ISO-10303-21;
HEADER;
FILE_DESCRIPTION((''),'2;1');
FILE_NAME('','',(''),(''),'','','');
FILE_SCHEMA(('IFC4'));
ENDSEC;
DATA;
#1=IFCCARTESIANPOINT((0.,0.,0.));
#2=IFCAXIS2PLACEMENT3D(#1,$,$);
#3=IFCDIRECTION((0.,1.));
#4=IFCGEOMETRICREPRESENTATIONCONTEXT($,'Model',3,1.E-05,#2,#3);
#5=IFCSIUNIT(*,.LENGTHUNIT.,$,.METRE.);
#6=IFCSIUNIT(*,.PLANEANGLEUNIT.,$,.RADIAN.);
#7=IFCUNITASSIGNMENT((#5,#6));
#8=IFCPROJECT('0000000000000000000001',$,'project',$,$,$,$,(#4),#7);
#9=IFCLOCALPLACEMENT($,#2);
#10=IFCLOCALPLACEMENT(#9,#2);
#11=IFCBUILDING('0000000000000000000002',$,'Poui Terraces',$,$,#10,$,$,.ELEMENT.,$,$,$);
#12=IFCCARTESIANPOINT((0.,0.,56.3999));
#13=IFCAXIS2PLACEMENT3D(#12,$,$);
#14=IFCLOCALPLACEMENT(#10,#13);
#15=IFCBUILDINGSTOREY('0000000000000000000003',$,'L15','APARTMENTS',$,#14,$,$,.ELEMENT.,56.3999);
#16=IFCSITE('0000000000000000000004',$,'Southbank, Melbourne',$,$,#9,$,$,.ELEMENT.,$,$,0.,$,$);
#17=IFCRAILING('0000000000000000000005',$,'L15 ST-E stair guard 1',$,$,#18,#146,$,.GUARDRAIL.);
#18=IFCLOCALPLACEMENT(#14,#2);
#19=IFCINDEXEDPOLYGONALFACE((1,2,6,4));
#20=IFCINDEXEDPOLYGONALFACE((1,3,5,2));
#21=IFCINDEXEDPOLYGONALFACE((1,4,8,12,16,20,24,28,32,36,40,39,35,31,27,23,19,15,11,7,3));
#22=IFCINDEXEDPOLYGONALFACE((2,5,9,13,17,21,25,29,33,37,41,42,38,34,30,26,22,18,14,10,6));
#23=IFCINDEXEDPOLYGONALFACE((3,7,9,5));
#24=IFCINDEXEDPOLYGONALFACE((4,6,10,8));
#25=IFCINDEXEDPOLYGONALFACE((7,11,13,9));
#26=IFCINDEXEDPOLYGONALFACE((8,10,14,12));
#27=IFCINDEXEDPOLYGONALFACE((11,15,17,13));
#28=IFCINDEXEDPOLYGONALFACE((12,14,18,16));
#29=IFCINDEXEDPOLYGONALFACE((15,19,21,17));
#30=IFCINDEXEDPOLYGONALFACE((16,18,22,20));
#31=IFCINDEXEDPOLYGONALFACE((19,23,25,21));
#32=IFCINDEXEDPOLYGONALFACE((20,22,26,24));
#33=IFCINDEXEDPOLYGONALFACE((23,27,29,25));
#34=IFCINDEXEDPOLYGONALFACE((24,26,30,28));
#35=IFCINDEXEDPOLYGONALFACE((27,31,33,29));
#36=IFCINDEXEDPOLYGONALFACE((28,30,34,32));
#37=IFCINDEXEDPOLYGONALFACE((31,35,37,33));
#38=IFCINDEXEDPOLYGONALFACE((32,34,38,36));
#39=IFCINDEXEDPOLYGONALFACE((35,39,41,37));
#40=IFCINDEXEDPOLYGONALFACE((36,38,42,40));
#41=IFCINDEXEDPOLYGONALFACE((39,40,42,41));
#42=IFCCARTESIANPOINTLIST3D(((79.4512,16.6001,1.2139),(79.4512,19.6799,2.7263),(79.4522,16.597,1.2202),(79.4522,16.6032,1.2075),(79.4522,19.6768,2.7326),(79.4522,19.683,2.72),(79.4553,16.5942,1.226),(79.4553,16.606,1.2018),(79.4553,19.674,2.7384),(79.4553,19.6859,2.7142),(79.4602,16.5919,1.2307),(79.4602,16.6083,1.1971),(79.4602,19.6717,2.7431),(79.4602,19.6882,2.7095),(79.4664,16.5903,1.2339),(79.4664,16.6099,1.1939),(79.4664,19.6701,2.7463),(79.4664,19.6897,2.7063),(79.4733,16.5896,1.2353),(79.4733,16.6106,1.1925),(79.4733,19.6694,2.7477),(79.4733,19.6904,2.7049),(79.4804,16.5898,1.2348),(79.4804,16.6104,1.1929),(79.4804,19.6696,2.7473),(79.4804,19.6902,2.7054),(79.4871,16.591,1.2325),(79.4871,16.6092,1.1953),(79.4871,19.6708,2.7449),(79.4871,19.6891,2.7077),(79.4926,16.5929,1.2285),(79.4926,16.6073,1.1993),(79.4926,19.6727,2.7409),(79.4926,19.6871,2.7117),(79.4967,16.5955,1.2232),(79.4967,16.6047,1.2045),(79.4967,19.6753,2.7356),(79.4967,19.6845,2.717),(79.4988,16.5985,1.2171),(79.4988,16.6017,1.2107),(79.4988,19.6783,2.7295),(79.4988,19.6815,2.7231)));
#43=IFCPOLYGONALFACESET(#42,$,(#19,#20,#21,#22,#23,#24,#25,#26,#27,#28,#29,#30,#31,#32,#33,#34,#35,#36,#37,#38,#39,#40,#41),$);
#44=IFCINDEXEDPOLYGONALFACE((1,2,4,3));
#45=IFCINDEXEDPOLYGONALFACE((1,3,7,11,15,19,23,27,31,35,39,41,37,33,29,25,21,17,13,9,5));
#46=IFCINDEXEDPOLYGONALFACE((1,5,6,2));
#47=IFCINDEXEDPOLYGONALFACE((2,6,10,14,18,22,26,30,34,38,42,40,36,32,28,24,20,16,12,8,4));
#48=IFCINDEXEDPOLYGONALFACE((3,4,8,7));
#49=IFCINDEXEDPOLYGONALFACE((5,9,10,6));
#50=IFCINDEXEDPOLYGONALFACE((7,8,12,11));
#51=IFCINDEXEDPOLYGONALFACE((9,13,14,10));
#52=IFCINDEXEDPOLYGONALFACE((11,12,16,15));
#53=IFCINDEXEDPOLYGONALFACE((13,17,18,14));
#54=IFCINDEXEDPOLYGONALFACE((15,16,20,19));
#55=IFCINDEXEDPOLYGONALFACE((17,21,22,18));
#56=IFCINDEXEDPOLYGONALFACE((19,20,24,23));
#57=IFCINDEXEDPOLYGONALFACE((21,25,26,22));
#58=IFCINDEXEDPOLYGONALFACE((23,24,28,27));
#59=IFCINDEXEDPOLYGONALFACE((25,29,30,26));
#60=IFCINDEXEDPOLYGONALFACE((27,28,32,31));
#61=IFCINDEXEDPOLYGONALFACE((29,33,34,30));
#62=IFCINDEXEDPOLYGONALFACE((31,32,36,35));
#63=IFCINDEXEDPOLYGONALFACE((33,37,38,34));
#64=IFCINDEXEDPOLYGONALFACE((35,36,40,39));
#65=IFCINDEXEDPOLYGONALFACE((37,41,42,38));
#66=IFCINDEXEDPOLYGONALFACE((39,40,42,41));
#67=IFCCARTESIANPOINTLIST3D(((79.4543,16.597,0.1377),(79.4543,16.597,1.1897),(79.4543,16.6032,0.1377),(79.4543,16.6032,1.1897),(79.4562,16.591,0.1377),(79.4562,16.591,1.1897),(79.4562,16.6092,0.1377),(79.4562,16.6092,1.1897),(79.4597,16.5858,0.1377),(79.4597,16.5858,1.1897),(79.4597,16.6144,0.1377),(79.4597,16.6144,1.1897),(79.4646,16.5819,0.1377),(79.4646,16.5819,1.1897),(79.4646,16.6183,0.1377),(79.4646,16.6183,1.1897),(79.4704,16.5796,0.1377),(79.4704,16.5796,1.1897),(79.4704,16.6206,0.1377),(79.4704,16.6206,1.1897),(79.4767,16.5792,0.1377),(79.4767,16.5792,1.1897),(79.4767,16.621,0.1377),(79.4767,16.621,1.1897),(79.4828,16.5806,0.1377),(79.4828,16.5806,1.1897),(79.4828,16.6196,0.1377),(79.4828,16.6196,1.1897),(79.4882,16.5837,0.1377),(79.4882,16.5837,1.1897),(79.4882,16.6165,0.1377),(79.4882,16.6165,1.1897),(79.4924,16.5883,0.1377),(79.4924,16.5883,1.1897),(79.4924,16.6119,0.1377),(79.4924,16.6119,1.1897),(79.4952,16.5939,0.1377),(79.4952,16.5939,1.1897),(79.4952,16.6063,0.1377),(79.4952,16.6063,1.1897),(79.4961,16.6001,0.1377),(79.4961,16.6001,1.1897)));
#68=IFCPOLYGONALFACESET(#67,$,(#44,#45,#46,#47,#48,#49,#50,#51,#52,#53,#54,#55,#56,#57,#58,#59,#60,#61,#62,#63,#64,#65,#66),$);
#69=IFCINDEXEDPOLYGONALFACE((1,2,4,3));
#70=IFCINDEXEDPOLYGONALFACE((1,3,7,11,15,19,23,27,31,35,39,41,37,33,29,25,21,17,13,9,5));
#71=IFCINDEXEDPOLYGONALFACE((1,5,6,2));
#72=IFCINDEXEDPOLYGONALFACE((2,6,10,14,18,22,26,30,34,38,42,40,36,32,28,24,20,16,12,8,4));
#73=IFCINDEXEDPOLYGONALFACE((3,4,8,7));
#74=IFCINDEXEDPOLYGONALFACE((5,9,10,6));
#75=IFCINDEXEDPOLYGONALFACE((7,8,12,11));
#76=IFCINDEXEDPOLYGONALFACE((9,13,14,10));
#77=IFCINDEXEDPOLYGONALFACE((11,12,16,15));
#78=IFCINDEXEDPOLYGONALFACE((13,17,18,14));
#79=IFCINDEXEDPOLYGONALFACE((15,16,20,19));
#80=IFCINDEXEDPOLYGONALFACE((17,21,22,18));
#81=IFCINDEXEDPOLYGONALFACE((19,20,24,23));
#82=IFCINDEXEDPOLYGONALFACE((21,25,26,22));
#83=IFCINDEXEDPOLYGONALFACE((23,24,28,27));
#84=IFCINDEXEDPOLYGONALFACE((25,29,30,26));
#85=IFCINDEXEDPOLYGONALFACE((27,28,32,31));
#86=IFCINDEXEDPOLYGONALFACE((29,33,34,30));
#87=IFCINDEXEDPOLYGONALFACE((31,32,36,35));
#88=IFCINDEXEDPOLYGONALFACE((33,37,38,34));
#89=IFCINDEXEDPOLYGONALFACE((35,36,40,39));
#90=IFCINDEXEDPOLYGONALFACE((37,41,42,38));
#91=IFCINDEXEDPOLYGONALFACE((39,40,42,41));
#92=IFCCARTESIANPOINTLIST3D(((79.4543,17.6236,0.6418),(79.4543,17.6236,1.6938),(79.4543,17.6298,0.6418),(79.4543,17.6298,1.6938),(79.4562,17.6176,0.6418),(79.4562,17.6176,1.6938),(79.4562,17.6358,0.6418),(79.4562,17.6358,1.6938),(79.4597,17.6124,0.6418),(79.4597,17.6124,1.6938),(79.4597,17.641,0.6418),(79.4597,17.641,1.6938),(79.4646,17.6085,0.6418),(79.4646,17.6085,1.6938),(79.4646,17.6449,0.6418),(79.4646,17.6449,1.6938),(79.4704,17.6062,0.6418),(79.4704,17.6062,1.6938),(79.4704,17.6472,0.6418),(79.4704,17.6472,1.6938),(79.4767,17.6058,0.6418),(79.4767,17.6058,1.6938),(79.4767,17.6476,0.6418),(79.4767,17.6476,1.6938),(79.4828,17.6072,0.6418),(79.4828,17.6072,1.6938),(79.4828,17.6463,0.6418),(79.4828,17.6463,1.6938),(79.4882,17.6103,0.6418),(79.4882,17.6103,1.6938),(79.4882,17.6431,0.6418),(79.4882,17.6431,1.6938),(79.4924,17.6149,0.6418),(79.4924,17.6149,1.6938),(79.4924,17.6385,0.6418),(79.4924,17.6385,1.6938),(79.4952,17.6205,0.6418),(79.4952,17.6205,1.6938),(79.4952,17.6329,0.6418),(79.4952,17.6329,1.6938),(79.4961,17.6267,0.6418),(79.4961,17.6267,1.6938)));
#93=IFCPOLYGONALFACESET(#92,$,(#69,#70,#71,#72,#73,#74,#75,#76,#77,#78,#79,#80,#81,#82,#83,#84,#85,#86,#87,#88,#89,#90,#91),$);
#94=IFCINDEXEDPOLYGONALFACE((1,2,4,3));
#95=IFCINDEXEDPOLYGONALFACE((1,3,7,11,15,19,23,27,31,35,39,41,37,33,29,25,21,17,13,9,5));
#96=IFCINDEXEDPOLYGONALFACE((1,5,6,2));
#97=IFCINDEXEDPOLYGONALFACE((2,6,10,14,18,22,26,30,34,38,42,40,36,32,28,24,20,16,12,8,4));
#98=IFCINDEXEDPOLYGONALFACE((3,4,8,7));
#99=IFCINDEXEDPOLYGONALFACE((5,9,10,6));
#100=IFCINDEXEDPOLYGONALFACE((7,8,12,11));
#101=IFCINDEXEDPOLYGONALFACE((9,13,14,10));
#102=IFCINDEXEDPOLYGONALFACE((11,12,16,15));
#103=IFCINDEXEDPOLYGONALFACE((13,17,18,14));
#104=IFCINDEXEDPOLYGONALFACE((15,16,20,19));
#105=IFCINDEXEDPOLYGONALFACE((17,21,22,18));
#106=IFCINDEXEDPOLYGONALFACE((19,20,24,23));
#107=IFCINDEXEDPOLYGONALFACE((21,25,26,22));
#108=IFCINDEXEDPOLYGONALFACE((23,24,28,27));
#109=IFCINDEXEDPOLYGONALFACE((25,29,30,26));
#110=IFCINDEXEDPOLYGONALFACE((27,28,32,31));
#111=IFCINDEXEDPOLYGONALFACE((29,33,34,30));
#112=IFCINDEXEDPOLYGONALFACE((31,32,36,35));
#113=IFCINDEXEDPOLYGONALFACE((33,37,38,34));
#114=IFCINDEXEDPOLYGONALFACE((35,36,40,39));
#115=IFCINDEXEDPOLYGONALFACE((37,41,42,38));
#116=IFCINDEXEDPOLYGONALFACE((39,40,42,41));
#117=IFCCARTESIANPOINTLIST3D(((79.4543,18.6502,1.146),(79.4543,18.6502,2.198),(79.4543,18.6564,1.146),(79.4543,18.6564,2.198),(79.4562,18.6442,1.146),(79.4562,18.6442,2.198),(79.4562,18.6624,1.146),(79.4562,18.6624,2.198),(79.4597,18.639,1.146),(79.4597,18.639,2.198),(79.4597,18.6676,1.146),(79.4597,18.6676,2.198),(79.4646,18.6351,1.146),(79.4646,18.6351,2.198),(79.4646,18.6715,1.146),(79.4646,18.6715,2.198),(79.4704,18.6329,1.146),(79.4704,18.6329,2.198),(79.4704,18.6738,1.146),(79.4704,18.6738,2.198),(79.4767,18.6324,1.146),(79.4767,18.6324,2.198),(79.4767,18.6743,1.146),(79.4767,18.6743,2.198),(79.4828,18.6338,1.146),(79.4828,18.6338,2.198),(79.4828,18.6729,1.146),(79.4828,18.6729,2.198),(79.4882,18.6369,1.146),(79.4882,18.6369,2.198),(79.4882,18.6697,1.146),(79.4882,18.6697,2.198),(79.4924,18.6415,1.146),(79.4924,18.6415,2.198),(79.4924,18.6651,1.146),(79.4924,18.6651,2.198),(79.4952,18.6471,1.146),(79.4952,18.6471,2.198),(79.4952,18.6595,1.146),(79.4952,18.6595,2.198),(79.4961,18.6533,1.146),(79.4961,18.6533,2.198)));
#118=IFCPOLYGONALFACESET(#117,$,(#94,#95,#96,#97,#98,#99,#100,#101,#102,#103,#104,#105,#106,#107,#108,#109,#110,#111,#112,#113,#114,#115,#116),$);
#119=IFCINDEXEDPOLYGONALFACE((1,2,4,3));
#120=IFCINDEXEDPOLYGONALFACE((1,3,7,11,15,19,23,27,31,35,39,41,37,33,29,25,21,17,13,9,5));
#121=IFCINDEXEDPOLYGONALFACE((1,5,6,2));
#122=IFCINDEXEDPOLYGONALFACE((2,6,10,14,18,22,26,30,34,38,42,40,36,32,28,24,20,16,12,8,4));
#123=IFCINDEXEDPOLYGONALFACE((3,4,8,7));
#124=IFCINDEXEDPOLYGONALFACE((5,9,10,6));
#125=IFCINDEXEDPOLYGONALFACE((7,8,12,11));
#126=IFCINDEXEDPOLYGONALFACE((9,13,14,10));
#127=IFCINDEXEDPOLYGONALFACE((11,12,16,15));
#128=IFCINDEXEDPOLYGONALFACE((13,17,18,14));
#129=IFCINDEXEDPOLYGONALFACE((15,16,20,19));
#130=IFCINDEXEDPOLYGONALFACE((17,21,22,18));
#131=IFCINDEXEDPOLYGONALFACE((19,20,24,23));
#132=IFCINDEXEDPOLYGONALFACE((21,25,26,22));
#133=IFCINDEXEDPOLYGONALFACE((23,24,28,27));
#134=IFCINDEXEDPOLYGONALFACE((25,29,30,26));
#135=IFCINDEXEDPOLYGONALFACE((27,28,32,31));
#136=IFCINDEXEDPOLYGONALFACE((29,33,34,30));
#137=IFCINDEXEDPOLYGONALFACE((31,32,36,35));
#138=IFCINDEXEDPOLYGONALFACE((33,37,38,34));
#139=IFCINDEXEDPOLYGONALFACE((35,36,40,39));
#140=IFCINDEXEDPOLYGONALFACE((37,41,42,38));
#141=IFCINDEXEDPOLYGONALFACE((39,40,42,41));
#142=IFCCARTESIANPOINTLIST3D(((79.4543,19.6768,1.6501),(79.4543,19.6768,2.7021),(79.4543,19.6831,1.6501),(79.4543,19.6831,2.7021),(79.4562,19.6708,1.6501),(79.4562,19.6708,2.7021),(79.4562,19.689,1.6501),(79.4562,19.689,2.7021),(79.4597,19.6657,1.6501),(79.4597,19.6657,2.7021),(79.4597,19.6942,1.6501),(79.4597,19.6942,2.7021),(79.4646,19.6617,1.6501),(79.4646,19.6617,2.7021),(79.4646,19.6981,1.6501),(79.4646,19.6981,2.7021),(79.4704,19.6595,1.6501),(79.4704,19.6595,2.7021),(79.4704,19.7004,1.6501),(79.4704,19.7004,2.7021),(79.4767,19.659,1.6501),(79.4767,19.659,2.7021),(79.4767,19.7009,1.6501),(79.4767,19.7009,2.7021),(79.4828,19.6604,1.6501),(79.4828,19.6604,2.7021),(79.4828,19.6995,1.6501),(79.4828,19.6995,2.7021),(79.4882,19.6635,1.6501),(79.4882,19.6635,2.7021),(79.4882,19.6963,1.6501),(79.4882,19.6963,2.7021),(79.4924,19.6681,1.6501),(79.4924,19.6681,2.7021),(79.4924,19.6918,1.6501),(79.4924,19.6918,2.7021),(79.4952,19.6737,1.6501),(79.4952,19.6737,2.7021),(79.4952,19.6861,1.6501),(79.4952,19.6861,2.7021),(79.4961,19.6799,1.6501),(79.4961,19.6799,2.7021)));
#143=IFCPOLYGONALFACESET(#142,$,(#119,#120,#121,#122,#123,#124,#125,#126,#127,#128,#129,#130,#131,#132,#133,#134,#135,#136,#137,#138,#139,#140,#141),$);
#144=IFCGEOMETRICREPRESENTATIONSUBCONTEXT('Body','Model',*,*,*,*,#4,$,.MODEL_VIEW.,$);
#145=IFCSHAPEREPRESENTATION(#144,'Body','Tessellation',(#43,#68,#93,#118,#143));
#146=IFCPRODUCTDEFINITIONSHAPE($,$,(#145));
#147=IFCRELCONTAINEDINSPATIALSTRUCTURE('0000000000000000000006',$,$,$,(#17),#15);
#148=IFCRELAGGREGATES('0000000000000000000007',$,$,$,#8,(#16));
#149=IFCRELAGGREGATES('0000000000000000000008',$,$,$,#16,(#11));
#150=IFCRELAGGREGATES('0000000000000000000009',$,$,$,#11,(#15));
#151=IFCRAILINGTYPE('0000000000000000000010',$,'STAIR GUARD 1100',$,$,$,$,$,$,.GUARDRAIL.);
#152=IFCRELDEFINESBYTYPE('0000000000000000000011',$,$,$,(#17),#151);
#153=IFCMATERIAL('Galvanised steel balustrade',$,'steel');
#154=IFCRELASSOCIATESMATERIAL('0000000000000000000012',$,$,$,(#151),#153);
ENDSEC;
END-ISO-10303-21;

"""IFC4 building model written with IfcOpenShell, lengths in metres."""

from ifc_helpers import new_model, si_unit, direction, frame, origin, origin_2d, place, context, subcontext, project, spatial, circle, extrude, material, type_object, element, save


model = new_model("IFC4")

# Units and contexts
model_context = context("Model", 3, precision=1e-05, world=origin(), true_north=direction((0.0, 1.0)))
body_context = subcontext(model_context, "Body", "Model", "MODEL_VIEW")
ifc_project = project(units=[si_unit("LENGTHUNIT", "METRE"), si_unit("PLANEANGLEUNIT", "RADIAN")], contexts=[model_context])

# Site, building, storey
site_placement = place(None, origin())
site = spatial("IfcSite", under=ifc_project, at=site_placement, Name="Southbank, Melbourne", CompositionType="ELEMENT", RefElevation=0.0)
building_placement = place(site_placement, origin())
building = spatial("IfcBuilding", under=site, at=building_placement, Name="Poui Terraces", CompositionType="ELEMENT")
storey_placement = place(building_placement, frame((0.0, 0.0, 56.3999)))
storey = spatial("IfcBuildingStorey", under=building, at=storey_placement, Name="L15", Description="APARTMENTS", CompositionType="ELEMENT", Elevation=56.3999)

# Railing
ifc_material_1 = material(Name="Galvanised steel balustrade", Category="steel")
railing_type_1 = type_object("IfcRailingType", Name="STAIR GUARD 1100", PredefinedType="GUARDRAIL", material=ifc_material_1)
railing_1_placement = place(storey_placement, frame((79.4751, 16.6001, 0.1377)))
element("IfcRailing", 1, at=railing_1_placement, inside=storey, type_object=railing_type_1, Name="L15 ST-E stair guard 1", PredefinedType="GUARDRAIL", context=body_context, shape_type="SweptSolid", body=[
    extrude(circle(Radius=0.0239, at=origin_2d()), frame((0.0, 0.0, 1.0762), z_axis=(0.0, 0.897606, 0.440798), x_axis=(-1.0, 0.0, 0.0)), (0.0, 0.0, 1.0), 3.4312),
    extrude(circle(Radius=0.021, at=origin_2d()), origin(), (0.0, 0.0, 1.0), 1.052),
    extrude(circle(Radius=0.021, at=origin_2d()), frame((0.0, 1.0266, 0.5042)), (0.0, 0.0, 1.0), 1.052),
    extrude(circle(Radius=0.021, at=origin_2d()), frame((0.0, 2.0532, 1.0083)), (0.0, 0.0, 1.0), 1.052),
    extrude(circle(Radius=0.021, at=origin_2d()), frame((0.0, 3.0798, 1.5125)), (0.0, 0.0, 1.0), 1.052),
])

save(model, "model.ifc")
